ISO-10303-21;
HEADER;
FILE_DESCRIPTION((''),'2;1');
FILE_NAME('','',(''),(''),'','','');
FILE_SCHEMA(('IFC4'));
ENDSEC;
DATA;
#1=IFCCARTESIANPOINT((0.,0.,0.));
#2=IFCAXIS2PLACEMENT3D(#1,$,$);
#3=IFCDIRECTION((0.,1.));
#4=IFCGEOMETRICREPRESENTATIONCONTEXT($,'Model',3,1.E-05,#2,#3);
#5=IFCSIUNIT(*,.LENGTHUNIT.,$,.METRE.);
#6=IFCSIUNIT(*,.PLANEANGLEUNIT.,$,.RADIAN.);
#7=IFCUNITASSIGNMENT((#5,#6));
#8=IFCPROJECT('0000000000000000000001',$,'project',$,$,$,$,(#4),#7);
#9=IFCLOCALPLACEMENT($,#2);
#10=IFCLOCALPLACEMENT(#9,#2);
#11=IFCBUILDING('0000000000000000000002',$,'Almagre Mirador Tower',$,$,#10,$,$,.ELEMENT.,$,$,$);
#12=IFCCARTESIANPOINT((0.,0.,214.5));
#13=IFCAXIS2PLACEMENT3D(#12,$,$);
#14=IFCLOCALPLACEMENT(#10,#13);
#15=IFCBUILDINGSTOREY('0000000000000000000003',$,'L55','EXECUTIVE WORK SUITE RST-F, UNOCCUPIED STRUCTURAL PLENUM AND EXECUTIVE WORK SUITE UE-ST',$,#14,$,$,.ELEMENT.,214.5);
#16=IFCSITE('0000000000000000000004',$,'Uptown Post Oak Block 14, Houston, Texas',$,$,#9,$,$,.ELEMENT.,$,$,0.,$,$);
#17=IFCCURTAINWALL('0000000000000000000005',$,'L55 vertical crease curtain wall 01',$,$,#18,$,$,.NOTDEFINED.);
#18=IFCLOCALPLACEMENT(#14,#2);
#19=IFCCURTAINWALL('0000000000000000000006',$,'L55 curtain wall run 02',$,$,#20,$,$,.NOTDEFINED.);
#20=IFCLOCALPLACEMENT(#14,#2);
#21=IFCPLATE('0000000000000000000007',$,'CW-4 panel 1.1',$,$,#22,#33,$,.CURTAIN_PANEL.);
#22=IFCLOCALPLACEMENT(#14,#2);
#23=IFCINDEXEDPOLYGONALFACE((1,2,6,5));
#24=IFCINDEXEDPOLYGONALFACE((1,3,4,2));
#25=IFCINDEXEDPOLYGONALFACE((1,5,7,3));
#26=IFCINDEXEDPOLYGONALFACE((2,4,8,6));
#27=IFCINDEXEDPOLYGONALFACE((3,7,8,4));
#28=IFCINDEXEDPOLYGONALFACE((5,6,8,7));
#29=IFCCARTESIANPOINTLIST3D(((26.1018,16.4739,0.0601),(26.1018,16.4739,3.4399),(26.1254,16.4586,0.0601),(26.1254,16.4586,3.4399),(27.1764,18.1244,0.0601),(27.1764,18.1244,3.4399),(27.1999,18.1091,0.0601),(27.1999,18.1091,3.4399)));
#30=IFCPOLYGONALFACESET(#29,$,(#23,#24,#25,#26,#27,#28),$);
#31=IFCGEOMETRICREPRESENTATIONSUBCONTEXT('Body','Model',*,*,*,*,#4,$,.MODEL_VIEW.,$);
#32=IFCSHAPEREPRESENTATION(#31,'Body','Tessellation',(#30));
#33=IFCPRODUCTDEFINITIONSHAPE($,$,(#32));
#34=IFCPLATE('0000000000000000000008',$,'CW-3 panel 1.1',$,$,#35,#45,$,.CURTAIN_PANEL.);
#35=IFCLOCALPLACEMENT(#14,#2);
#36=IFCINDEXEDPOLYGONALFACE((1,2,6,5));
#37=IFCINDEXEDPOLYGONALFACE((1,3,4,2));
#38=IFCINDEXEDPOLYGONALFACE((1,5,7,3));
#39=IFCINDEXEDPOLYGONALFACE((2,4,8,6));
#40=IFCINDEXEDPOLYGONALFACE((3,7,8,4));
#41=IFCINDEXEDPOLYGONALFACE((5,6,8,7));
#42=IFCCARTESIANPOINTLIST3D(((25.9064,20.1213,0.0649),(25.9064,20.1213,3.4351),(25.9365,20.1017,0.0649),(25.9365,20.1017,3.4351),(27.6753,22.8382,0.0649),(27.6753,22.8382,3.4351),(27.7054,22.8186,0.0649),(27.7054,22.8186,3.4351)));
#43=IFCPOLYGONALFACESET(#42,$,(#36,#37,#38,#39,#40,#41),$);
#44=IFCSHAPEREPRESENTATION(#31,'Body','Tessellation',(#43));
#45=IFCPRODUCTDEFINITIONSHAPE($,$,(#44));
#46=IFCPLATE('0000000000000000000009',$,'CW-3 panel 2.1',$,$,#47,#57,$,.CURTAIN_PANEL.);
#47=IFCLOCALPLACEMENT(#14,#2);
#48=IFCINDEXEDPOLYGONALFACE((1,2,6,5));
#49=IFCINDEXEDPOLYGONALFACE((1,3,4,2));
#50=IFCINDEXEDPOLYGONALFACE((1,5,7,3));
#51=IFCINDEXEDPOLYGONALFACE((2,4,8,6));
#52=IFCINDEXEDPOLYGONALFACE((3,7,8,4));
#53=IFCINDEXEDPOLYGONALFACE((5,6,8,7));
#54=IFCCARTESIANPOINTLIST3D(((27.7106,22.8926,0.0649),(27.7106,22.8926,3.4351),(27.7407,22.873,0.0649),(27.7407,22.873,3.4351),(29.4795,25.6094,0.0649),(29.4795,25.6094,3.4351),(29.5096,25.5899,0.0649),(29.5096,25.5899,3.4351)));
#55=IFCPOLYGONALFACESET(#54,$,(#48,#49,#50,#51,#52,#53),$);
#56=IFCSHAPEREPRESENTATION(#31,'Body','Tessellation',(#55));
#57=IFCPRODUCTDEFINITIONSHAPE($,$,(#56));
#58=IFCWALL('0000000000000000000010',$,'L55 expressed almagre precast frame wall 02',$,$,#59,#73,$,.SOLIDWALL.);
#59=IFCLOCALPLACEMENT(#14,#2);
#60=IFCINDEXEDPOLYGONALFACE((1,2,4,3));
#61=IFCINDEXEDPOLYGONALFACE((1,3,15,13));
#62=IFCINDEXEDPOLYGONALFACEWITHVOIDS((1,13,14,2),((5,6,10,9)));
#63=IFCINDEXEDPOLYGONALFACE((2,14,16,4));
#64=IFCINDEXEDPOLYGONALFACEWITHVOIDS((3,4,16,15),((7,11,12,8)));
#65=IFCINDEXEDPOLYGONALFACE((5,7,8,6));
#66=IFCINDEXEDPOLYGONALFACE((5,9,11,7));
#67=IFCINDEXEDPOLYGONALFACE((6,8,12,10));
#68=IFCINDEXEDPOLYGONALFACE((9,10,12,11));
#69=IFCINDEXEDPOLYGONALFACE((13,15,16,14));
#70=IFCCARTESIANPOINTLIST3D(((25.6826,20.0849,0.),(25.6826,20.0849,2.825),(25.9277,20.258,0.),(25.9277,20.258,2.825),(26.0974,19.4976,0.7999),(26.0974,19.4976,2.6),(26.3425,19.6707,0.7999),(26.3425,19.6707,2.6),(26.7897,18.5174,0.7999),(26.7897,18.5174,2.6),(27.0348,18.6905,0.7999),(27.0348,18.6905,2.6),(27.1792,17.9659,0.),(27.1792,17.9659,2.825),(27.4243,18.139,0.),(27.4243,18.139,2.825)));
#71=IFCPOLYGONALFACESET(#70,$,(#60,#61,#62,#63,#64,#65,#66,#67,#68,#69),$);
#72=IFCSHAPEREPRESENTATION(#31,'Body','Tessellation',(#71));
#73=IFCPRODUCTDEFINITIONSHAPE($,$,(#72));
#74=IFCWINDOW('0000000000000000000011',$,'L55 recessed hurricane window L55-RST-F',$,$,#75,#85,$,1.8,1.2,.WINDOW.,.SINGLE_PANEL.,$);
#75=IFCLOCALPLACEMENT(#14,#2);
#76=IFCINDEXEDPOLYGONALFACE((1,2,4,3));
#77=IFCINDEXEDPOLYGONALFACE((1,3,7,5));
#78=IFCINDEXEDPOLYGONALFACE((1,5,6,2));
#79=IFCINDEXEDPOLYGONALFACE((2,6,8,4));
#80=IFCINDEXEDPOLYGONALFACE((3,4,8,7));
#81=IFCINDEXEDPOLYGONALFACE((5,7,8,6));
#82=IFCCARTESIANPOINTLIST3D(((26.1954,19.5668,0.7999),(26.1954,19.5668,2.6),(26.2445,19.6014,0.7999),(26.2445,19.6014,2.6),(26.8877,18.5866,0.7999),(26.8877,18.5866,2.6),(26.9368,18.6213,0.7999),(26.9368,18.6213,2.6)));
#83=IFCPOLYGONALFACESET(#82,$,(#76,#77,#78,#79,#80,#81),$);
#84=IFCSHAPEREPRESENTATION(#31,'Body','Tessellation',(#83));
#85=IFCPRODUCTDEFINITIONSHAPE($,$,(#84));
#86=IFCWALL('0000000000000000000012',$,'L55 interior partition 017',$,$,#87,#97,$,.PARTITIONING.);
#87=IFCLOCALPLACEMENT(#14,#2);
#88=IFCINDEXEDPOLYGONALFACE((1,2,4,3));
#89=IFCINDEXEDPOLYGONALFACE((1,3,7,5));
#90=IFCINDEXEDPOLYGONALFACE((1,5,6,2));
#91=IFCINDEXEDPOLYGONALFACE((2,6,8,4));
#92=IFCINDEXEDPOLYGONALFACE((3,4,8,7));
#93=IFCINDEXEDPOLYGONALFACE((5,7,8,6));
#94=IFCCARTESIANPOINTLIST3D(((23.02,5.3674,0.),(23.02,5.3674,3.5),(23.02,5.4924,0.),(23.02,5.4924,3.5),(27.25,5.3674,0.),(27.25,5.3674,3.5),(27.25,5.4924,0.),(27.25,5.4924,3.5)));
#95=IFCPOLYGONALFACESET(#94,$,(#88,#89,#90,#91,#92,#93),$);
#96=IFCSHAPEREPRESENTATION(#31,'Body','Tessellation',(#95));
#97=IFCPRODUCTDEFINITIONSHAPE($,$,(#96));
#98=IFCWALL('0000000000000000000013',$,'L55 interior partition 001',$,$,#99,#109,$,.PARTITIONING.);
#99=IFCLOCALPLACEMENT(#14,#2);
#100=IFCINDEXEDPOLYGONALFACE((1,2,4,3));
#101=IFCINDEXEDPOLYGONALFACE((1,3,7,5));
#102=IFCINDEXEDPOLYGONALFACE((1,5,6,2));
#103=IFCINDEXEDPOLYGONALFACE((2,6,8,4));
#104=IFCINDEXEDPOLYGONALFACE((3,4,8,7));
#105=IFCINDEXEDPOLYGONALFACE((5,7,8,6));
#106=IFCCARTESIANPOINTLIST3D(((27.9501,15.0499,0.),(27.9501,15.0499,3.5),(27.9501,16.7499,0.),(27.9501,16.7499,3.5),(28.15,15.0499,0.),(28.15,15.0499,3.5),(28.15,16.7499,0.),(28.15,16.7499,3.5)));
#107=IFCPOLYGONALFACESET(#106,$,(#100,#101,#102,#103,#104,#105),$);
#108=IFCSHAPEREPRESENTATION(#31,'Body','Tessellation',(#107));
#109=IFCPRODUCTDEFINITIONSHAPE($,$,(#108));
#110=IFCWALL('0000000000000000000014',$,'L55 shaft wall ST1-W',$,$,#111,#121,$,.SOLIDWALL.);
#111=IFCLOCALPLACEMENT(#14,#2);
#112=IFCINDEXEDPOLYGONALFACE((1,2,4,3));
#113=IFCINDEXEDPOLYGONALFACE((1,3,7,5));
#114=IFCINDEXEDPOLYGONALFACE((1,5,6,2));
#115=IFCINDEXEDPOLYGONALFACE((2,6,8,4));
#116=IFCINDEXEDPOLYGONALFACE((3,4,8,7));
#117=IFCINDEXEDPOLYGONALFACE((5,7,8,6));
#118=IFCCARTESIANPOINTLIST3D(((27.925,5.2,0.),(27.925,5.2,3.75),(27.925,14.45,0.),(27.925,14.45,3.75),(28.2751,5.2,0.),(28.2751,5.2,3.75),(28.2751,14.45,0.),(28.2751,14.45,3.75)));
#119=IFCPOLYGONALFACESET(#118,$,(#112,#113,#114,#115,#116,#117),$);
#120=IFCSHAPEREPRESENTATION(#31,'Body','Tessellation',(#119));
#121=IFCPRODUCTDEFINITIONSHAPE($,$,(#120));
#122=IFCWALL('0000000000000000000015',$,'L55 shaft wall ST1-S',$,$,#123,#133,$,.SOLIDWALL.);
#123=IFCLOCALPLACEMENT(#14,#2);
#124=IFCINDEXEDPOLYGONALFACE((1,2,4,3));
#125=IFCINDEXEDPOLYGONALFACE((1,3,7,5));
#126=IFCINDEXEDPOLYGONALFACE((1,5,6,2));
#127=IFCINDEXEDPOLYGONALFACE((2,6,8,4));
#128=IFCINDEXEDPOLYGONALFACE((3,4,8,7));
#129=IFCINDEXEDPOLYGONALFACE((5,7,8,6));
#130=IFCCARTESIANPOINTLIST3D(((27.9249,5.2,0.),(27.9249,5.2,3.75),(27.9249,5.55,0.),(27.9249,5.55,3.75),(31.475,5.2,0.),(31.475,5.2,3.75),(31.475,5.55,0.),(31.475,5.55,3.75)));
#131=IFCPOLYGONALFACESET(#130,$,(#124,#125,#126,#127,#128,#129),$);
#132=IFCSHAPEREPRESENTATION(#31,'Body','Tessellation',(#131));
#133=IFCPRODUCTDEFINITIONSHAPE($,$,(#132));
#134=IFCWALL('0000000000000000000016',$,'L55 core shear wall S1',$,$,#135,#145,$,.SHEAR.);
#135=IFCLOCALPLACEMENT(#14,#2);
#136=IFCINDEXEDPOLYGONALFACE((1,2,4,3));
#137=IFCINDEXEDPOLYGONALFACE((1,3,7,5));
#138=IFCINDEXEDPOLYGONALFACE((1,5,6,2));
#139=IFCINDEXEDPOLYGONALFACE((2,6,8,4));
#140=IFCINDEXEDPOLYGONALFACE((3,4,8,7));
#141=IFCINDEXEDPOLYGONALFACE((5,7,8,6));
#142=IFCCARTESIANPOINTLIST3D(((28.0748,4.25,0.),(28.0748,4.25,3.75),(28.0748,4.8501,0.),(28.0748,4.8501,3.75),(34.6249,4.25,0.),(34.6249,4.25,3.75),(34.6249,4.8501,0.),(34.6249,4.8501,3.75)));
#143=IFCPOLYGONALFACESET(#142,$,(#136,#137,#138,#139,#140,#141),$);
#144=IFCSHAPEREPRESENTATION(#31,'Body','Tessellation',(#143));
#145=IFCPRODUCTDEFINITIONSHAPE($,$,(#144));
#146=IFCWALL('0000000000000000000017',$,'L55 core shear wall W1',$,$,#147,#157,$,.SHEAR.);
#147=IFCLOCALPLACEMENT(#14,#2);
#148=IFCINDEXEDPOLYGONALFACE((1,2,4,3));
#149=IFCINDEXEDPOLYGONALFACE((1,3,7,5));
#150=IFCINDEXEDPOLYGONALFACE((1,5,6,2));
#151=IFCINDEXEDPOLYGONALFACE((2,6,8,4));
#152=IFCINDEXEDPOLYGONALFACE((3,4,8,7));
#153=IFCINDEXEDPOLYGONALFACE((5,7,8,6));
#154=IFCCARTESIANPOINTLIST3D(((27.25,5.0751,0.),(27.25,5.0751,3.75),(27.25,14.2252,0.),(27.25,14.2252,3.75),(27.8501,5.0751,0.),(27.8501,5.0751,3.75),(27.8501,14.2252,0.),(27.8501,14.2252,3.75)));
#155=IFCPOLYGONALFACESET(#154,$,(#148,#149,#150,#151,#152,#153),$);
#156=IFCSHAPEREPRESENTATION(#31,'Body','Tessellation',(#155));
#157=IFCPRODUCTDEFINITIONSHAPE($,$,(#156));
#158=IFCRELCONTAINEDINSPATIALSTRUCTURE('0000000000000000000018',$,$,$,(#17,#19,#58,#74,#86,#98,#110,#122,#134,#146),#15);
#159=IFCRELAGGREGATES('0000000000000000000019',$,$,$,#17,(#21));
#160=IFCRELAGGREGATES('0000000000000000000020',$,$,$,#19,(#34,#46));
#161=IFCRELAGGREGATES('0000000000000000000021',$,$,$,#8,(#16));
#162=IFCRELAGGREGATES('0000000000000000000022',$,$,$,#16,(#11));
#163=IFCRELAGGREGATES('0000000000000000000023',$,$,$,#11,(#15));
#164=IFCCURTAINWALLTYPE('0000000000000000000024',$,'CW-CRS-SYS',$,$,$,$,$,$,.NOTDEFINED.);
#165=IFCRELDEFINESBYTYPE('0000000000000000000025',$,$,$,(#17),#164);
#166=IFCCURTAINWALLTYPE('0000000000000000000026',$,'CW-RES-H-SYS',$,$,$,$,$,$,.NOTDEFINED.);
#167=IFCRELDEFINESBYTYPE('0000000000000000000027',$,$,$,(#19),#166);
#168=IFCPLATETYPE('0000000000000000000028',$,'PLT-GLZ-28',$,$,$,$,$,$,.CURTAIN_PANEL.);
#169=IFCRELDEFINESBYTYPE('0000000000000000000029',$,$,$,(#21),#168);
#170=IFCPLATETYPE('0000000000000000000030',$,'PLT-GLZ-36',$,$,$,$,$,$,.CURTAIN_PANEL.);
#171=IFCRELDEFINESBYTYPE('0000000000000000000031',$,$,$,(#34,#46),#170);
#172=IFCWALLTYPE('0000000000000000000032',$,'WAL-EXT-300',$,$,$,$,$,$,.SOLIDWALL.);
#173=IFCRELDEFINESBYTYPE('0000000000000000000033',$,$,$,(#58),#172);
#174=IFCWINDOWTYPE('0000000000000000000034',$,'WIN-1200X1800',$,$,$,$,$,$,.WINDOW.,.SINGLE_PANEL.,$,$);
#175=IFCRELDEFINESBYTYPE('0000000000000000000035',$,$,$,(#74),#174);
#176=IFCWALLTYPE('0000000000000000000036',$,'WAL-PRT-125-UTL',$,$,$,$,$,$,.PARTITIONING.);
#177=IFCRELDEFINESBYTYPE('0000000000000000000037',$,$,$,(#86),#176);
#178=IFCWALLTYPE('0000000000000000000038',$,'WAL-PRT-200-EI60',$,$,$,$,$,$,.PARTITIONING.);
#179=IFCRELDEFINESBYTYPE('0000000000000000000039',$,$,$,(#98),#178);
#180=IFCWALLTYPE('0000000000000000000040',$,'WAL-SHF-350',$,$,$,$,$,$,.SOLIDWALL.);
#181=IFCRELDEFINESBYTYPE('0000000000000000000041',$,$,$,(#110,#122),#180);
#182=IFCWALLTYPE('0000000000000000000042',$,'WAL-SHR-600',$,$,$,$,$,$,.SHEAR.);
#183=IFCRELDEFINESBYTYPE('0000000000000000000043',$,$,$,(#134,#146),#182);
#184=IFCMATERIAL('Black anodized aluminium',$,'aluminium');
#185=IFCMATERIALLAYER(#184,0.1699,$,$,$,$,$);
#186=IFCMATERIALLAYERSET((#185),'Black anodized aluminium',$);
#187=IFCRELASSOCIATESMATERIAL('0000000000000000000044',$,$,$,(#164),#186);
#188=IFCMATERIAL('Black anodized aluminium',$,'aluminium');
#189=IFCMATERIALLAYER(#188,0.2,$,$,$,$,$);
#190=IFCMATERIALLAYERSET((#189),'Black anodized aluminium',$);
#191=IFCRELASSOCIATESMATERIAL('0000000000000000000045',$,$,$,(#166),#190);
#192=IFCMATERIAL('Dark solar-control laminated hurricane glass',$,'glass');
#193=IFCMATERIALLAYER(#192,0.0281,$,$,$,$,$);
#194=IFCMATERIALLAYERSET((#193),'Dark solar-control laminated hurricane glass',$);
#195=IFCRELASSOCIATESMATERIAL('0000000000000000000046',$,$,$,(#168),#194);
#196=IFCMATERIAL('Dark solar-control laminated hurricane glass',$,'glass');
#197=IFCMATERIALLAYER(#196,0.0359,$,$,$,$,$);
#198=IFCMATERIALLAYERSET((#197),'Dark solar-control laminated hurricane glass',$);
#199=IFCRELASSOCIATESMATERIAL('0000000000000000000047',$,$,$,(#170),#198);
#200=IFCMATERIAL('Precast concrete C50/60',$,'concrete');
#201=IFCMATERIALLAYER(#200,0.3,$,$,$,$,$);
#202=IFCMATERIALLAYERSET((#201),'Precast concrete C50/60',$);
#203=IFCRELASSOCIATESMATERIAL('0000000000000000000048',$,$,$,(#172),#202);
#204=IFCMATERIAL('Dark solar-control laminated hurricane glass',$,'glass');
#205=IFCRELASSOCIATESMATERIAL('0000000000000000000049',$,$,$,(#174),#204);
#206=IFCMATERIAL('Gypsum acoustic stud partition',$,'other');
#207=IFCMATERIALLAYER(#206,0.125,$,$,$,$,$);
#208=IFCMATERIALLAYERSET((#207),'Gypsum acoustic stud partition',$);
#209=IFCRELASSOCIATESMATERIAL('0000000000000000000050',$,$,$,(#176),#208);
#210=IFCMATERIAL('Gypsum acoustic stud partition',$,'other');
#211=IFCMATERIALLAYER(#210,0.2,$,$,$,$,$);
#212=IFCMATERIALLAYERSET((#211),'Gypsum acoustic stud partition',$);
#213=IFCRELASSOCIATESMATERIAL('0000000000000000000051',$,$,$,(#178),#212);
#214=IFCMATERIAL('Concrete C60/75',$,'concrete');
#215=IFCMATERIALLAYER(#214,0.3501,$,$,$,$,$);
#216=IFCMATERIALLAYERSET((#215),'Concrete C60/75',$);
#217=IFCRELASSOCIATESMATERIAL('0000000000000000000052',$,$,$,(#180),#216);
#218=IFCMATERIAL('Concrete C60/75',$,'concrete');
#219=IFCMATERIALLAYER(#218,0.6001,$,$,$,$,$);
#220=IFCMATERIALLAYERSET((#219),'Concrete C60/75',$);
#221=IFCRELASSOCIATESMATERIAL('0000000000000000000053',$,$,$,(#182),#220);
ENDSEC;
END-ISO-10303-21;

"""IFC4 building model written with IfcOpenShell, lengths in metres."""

from ifc_helpers import new_model, si_unit, direction, frame, frame_2d, origin, origin_2d, place, context, subcontext, project, spatial, rectangle, extrude, material, layer, layer_set, type_object, element, fill, aggregate, save


model = new_model("IFC4")

# Units and contexts
model_context = context("Model", 3, precision=1e-05, world=origin(), true_north=direction((0.0, 1.0)))
body_context = subcontext(model_context, "Body", "Model", "MODEL_VIEW")
ifc_project = project(units=[si_unit("LENGTHUNIT", "METRE"), si_unit("PLANEANGLEUNIT", "RADIAN")], contexts=[model_context])

# Site, building, storey
site_placement = place(None, origin())
site = spatial("IfcSite", under=ifc_project, at=site_placement, Name="Uptown Post Oak Block 14, Houston, Texas", CompositionType="ELEMENT", RefElevation=0.0)
building_placement = place(site_placement, origin())
building = spatial("IfcBuilding", under=site, at=building_placement, Name="Almagre Mirador Tower", CompositionType="ELEMENT")
storey_placement = place(building_placement, frame((0.0, 0.0, 214.5)))
storey = spatial("IfcBuildingStorey", under=building, at=storey_placement, Name="L55", Description="EXECUTIVE WORK SUITE RST-F, UNOCCUPIED STRUCTURAL PLENUM AND EXECUTIVE WORK SUITE UE-ST", CompositionType="ELEMENT", Elevation=214.5)

# Curtain walls
ifc_material_1 = material(Name="Black anodized aluminium", Category="aluminium")
ifc_layer_1 = layer(ifc_material_1, 0.1699)
ifc_layer_set_1 = layer_set([ifc_layer_1], Name="Black anodized aluminium")
curtain_wall_type_1 = type_object("IfcCurtainWallType", Name="CW-CRS-SYS", PredefinedType="NOTDEFINED", material=ifc_layer_set_1)
curtain_wall_1_placement = place(storey_placement, origin())
curtain_wall_1 = element("IfcCurtainWall", 1, at=curtain_wall_1_placement, inside=storey, type_object=curtain_wall_type_1, Name="L55 vertical crease curtain wall 01", PredefinedType="NOTDEFINED")
ifc_material_2 = material(Name="Black anodized aluminium", Category="aluminium")
ifc_layer_2 = layer(ifc_material_2, 0.2)
ifc_layer_set_2 = layer_set([ifc_layer_2], Name="Black anodized aluminium")
curtain_wall_type_2 = type_object("IfcCurtainWallType", Name="CW-RES-H-SYS", PredefinedType="NOTDEFINED", material=ifc_layer_set_2)
curtain_wall_2_placement = place(storey_placement, origin())
curtain_wall_2 = element("IfcCurtainWall", 2, at=curtain_wall_2_placement, inside=storey, type_object=curtain_wall_type_2, Name="L55 curtain wall run 02", PredefinedType="NOTDEFINED")

# Plates
ifc_material_3 = material(Name="Dark solar-control laminated hurricane glass", Category="glass")
ifc_layer_3 = layer(ifc_material_3, 0.0281)
ifc_layer_set_3 = layer_set([ifc_layer_3], Name="Dark solar-control laminated hurricane glass")
plate_type_1 = type_object("IfcPlateType", Name="PLT-GLZ-28", PredefinedType="CURTAIN_PANEL", material=ifc_layer_set_3)
plate_1_placement = place(storey_placement, frame((26.6509, 17.2915, 0.0601), z_axis=(0.0, 0.0, 1.0), x_axis=(0.545611, 0.838039, 0.0)))
plate_1 = element("IfcPlate", 3, at=plate_1_placement, type_object=plate_type_1, Name="CW-4 panel 1.1", PredefinedType="CURTAIN_PANEL", context=body_context, shape_type="SweptSolid", body=[
    extrude(rectangle(XDim=1.9695, YDim=0.0281, at=origin_2d()), origin(), (0.0, 0.0, 1.0), 3.3799),
])
aggregate(curtain_wall_1, [plate_1])
ifc_material_4 = material(Name="Dark solar-control laminated hurricane glass", Category="glass")
ifc_layer_4 = layer(ifc_material_4, 0.0359)
ifc_layer_set_4 = layer_set([ifc_layer_4], Name="Dark solar-control laminated hurricane glass")
plate_type_2 = type_object("IfcPlateType", Name="PLT-GLZ-36", PredefinedType="CURTAIN_PANEL", material=ifc_layer_set_4)
plate_2_placement = place(storey_placement, frame((26.8059, 21.47, 0.0649), z_axis=(0.0, 0.0, 1.0), x_axis=(0.545614, 0.838036, 0.0)))
plate_2 = element("IfcPlate", 4, at=plate_2_placement, type_object=plate_type_2, Name="CW-3 panel 1.1", PredefinedType="CURTAIN_PANEL", context=body_context, shape_type="SweptSolid", body=[
    extrude(rectangle(XDim=3.2419, YDim=0.0359, at=origin_2d()), origin(), (0.0, 0.0, 1.0), 3.3701),
])
plate_3_placement = place(storey_placement, frame((28.6101, 24.2412, 0.0649), z_axis=(0.0, 0.0, 1.0), x_axis=(0.545614, 0.838036, 0.0)))
plate_3 = element("IfcPlate", 5, at=plate_3_placement, type_object=plate_type_2, Name="CW-3 panel 2.1", PredefinedType="CURTAIN_PANEL", context=body_context, shape_type="SweptSolid", body=[
    extrude(rectangle(XDim=3.2419, YDim=0.0359, at=origin_2d()), origin(), (0.0, 0.0, 1.0), 3.3701),
])
aggregate(curtain_wall_2, [plate_2, plate_3])

# Wall, opening, window
ifc_material_5 = material(Name="Precast concrete C50/60", Category="concrete")
ifc_layer_5 = layer(ifc_material_5, 0.3)
ifc_layer_set_5 = layer_set([ifc_layer_5], Name="Precast concrete C50/60")
wall_type_1 = type_object("IfcWallType", Name="WAL-EXT-300", PredefinedType="SOLIDWALL", material=ifc_layer_set_5)
wall_1_placement = place(storey_placement, frame((27.3018, 18.0525, 0.0), z_axis=(0.0, 0.0, 1.0), x_axis=(-0.576912, 0.816806, 0.0)))
wall_1 = element("IfcWall", 6, at=wall_1_placement, inside=storey, type_object=wall_type_1, Name="L55 expressed almagre precast frame wall 02", PredefinedType="SOLIDWALL", context=body_context, shape_type="SweptSolid", body=[
    extrude(rectangle(XDim=2.5942, YDim=0.3, at=frame_2d((1.2971, 0.0))), origin(), (0.0, 0.0, 1.0), 2.825),
])
opening_1_placement = place(wall_1_placement, frame((0.675, 0.0, 0.8)))
opening_1 = element("IfcOpeningElement", 7, at=opening_1_placement, cuts=wall_1, PredefinedType="OPENING", context=body_context, shape_type="SweptSolid", body=[
    extrude(rectangle(XDim=1.2, YDim=1.8, at=frame_2d((0.6001, 0.8999))), frame((0.0, 0.1599, 0.0), z_axis=(0.0, -1.0, 0.0), x_axis=(1.0, 0.0, 0.0)), (0.0, 0.0, 1.0), 0.32),
])
ifc_material_6 = material(Name="Dark solar-control laminated hurricane glass", Category="glass")
window_type = type_object("IfcWindowType", Name="WIN-1200X1800", PartitioningType="SINGLE_PANEL", PredefinedType="WINDOW", material=ifc_material_6)
window_placement = place(opening_1_placement, origin())
window = element("IfcWindow", 8, at=window_placement, inside=storey, type_object=window_type, Name="L55 recessed hurricane window L55-RST-F", OverallHeight=1.8, OverallWidth=1.2, PartitioningType="SINGLE_PANEL", PredefinedType="WINDOW", context=body_context, shape_type="SweptSolid", body=[
    extrude(rectangle(XDim=1.2, YDim=1.8, at=frame_2d((0.6001, 0.8999))), frame((0.0, 0.03, 0.0), z_axis=(0.0, -1.0, 0.0), x_axis=(1.0, 0.0, 0.0)), (0.0, 0.0, 1.0), 0.0601),
])
fill(opening_1, window)

# Walls
ifc_material_7 = material(Name="Gypsum acoustic stud partition", Category="other")
ifc_layer_6 = layer(ifc_material_7, 0.125)
ifc_layer_set_6 = layer_set([ifc_layer_6], Name="Gypsum acoustic stud partition")
wall_type_2 = type_object("IfcWallType", Name="WAL-PRT-125-UTL", PredefinedType="PARTITIONING", material=ifc_layer_set_6)
wall_2_placement = place(storey_placement, frame((27.25, 5.4299, 0.0), z_axis=(0.0, 0.0, 1.0), x_axis=(-1.0, 0.0, 0.0)))
element("IfcWall", 9, at=wall_2_placement, inside=storey, type_object=wall_type_2, Name="L55 interior partition 017", PredefinedType="PARTITIONING", context=body_context, shape_type="SweptSolid", body=[
    extrude(rectangle(XDim=4.23, YDim=0.125, at=frame_2d((2.115, 0.0))), origin(), (0.0, 0.0, 1.0), 3.5),
])
ifc_material_8 = material(Name="Gypsum acoustic stud partition", Category="other")
ifc_layer_7 = layer(ifc_material_8, 0.2)
ifc_layer_set_7 = layer_set([ifc_layer_7], Name="Gypsum acoustic stud partition")
wall_type_3 = type_object("IfcWallType", Name="WAL-PRT-200-EI60", PredefinedType="PARTITIONING", material=ifc_layer_set_7)
wall_3_placement = place(storey_placement, frame((28.05, 16.75, 0.0), z_axis=(0.0, 0.0, 1.0), x_axis=(0.0, -1.0, 0.0)))
element("IfcWall", 10, at=wall_3_placement, inside=storey, type_object=wall_type_3, Name="L55 interior partition 001", PredefinedType="PARTITIONING", context=body_context, shape_type="SweptSolid", body=[
    extrude(rectangle(XDim=1.7, YDim=0.2, at=frame_2d((0.8501, 0.0))), origin(), (0.0, 0.0, 1.0), 3.5),
])
ifc_material_9 = material(Name="Concrete C60/75", Category="concrete")
ifc_layer_8 = layer(ifc_material_9, 0.3501)
ifc_layer_set_8 = layer_set([ifc_layer_8], Name="Concrete C60/75")
wall_type_4 = type_object("IfcWallType", Name="WAL-SHF-350", PredefinedType="SOLIDWALL", material=ifc_layer_set_8)
wall_4_placement = place(storey_placement, frame((28.1001, 5.2, 0.0), z_axis=(0.0, 0.0, 1.0), x_axis=(0.0, 1.0, 0.0)))
element("IfcWall", 11, at=wall_4_placement, inside=storey, type_object=wall_type_4, Name="L55 shaft wall ST1-W", PredefinedType="SOLIDWALL", context=body_context, shape_type="SweptSolid", body=[
    extrude(rectangle(XDim=9.25, YDim=0.3501, at=frame_2d((4.625, 0.0))), origin(), (0.0, 0.0, 1.0), 3.75),
])
wall_5_placement = place(storey_placement, frame((27.925, 5.375, 0.0), z_axis=(0.0, 0.0, 1.0), x_axis=(1.0, 0.0, 0.0)))
element("IfcWall", 12, at=wall_5_placement, inside=storey, type_object=wall_type_4, Name="L55 shaft wall ST1-S", PredefinedType="SOLIDWALL", context=body_context, shape_type="SweptSolid", body=[
    extrude(rectangle(XDim=3.55, YDim=0.3501, at=frame_2d((1.7749, 0.0))), origin(), (0.0, 0.0, 1.0), 3.75),
])
ifc_material_10 = material(Name="Concrete C60/75", Category="concrete")
ifc_layer_9 = layer(ifc_material_10, 0.6001)
ifc_layer_set_9 = layer_set([ifc_layer_9], Name="Concrete C60/75")
wall_type_5 = type_object("IfcWallType", Name="WAL-SHR-600", PredefinedType="SHEAR", material=ifc_layer_set_9)
wall_6_placement = place(storey_placement, frame((28.075, 4.55, 0.0), z_axis=(0.0, 0.0, 1.0), x_axis=(1.0, 0.0, 0.0)))
element("IfcWall", 13, at=wall_6_placement, inside=storey, type_object=wall_type_5, Name="L55 core shear wall S1", PredefinedType="SHEAR", context=body_context, shape_type="SweptSolid", body=[
    extrude(rectangle(XDim=6.55, YDim=0.6001, at=frame_2d((3.2749, 0.0))), origin(), (0.0, 0.0, 1.0), 3.75),
])

# Wall
wall_7_placement = place(storey_placement, frame((27.55, 5.075, 0.0), z_axis=(0.0, 0.0, 1.0), x_axis=(0.0, 1.0, 0.0)))
element("IfcWall", 14, at=wall_7_placement, inside=storey, type_object=wall_type_5, Name="L55 core shear wall W1", PredefinedType="SHEAR", context=body_context, shape_type="SweptSolid", body=[
    extrude(rectangle(XDim=9.1501, YDim=0.6001, at=frame_2d((4.5752, 0.0))), origin(), (0.0, 0.0, 1.0), 3.75),
])

save(model, "model.ifc")
